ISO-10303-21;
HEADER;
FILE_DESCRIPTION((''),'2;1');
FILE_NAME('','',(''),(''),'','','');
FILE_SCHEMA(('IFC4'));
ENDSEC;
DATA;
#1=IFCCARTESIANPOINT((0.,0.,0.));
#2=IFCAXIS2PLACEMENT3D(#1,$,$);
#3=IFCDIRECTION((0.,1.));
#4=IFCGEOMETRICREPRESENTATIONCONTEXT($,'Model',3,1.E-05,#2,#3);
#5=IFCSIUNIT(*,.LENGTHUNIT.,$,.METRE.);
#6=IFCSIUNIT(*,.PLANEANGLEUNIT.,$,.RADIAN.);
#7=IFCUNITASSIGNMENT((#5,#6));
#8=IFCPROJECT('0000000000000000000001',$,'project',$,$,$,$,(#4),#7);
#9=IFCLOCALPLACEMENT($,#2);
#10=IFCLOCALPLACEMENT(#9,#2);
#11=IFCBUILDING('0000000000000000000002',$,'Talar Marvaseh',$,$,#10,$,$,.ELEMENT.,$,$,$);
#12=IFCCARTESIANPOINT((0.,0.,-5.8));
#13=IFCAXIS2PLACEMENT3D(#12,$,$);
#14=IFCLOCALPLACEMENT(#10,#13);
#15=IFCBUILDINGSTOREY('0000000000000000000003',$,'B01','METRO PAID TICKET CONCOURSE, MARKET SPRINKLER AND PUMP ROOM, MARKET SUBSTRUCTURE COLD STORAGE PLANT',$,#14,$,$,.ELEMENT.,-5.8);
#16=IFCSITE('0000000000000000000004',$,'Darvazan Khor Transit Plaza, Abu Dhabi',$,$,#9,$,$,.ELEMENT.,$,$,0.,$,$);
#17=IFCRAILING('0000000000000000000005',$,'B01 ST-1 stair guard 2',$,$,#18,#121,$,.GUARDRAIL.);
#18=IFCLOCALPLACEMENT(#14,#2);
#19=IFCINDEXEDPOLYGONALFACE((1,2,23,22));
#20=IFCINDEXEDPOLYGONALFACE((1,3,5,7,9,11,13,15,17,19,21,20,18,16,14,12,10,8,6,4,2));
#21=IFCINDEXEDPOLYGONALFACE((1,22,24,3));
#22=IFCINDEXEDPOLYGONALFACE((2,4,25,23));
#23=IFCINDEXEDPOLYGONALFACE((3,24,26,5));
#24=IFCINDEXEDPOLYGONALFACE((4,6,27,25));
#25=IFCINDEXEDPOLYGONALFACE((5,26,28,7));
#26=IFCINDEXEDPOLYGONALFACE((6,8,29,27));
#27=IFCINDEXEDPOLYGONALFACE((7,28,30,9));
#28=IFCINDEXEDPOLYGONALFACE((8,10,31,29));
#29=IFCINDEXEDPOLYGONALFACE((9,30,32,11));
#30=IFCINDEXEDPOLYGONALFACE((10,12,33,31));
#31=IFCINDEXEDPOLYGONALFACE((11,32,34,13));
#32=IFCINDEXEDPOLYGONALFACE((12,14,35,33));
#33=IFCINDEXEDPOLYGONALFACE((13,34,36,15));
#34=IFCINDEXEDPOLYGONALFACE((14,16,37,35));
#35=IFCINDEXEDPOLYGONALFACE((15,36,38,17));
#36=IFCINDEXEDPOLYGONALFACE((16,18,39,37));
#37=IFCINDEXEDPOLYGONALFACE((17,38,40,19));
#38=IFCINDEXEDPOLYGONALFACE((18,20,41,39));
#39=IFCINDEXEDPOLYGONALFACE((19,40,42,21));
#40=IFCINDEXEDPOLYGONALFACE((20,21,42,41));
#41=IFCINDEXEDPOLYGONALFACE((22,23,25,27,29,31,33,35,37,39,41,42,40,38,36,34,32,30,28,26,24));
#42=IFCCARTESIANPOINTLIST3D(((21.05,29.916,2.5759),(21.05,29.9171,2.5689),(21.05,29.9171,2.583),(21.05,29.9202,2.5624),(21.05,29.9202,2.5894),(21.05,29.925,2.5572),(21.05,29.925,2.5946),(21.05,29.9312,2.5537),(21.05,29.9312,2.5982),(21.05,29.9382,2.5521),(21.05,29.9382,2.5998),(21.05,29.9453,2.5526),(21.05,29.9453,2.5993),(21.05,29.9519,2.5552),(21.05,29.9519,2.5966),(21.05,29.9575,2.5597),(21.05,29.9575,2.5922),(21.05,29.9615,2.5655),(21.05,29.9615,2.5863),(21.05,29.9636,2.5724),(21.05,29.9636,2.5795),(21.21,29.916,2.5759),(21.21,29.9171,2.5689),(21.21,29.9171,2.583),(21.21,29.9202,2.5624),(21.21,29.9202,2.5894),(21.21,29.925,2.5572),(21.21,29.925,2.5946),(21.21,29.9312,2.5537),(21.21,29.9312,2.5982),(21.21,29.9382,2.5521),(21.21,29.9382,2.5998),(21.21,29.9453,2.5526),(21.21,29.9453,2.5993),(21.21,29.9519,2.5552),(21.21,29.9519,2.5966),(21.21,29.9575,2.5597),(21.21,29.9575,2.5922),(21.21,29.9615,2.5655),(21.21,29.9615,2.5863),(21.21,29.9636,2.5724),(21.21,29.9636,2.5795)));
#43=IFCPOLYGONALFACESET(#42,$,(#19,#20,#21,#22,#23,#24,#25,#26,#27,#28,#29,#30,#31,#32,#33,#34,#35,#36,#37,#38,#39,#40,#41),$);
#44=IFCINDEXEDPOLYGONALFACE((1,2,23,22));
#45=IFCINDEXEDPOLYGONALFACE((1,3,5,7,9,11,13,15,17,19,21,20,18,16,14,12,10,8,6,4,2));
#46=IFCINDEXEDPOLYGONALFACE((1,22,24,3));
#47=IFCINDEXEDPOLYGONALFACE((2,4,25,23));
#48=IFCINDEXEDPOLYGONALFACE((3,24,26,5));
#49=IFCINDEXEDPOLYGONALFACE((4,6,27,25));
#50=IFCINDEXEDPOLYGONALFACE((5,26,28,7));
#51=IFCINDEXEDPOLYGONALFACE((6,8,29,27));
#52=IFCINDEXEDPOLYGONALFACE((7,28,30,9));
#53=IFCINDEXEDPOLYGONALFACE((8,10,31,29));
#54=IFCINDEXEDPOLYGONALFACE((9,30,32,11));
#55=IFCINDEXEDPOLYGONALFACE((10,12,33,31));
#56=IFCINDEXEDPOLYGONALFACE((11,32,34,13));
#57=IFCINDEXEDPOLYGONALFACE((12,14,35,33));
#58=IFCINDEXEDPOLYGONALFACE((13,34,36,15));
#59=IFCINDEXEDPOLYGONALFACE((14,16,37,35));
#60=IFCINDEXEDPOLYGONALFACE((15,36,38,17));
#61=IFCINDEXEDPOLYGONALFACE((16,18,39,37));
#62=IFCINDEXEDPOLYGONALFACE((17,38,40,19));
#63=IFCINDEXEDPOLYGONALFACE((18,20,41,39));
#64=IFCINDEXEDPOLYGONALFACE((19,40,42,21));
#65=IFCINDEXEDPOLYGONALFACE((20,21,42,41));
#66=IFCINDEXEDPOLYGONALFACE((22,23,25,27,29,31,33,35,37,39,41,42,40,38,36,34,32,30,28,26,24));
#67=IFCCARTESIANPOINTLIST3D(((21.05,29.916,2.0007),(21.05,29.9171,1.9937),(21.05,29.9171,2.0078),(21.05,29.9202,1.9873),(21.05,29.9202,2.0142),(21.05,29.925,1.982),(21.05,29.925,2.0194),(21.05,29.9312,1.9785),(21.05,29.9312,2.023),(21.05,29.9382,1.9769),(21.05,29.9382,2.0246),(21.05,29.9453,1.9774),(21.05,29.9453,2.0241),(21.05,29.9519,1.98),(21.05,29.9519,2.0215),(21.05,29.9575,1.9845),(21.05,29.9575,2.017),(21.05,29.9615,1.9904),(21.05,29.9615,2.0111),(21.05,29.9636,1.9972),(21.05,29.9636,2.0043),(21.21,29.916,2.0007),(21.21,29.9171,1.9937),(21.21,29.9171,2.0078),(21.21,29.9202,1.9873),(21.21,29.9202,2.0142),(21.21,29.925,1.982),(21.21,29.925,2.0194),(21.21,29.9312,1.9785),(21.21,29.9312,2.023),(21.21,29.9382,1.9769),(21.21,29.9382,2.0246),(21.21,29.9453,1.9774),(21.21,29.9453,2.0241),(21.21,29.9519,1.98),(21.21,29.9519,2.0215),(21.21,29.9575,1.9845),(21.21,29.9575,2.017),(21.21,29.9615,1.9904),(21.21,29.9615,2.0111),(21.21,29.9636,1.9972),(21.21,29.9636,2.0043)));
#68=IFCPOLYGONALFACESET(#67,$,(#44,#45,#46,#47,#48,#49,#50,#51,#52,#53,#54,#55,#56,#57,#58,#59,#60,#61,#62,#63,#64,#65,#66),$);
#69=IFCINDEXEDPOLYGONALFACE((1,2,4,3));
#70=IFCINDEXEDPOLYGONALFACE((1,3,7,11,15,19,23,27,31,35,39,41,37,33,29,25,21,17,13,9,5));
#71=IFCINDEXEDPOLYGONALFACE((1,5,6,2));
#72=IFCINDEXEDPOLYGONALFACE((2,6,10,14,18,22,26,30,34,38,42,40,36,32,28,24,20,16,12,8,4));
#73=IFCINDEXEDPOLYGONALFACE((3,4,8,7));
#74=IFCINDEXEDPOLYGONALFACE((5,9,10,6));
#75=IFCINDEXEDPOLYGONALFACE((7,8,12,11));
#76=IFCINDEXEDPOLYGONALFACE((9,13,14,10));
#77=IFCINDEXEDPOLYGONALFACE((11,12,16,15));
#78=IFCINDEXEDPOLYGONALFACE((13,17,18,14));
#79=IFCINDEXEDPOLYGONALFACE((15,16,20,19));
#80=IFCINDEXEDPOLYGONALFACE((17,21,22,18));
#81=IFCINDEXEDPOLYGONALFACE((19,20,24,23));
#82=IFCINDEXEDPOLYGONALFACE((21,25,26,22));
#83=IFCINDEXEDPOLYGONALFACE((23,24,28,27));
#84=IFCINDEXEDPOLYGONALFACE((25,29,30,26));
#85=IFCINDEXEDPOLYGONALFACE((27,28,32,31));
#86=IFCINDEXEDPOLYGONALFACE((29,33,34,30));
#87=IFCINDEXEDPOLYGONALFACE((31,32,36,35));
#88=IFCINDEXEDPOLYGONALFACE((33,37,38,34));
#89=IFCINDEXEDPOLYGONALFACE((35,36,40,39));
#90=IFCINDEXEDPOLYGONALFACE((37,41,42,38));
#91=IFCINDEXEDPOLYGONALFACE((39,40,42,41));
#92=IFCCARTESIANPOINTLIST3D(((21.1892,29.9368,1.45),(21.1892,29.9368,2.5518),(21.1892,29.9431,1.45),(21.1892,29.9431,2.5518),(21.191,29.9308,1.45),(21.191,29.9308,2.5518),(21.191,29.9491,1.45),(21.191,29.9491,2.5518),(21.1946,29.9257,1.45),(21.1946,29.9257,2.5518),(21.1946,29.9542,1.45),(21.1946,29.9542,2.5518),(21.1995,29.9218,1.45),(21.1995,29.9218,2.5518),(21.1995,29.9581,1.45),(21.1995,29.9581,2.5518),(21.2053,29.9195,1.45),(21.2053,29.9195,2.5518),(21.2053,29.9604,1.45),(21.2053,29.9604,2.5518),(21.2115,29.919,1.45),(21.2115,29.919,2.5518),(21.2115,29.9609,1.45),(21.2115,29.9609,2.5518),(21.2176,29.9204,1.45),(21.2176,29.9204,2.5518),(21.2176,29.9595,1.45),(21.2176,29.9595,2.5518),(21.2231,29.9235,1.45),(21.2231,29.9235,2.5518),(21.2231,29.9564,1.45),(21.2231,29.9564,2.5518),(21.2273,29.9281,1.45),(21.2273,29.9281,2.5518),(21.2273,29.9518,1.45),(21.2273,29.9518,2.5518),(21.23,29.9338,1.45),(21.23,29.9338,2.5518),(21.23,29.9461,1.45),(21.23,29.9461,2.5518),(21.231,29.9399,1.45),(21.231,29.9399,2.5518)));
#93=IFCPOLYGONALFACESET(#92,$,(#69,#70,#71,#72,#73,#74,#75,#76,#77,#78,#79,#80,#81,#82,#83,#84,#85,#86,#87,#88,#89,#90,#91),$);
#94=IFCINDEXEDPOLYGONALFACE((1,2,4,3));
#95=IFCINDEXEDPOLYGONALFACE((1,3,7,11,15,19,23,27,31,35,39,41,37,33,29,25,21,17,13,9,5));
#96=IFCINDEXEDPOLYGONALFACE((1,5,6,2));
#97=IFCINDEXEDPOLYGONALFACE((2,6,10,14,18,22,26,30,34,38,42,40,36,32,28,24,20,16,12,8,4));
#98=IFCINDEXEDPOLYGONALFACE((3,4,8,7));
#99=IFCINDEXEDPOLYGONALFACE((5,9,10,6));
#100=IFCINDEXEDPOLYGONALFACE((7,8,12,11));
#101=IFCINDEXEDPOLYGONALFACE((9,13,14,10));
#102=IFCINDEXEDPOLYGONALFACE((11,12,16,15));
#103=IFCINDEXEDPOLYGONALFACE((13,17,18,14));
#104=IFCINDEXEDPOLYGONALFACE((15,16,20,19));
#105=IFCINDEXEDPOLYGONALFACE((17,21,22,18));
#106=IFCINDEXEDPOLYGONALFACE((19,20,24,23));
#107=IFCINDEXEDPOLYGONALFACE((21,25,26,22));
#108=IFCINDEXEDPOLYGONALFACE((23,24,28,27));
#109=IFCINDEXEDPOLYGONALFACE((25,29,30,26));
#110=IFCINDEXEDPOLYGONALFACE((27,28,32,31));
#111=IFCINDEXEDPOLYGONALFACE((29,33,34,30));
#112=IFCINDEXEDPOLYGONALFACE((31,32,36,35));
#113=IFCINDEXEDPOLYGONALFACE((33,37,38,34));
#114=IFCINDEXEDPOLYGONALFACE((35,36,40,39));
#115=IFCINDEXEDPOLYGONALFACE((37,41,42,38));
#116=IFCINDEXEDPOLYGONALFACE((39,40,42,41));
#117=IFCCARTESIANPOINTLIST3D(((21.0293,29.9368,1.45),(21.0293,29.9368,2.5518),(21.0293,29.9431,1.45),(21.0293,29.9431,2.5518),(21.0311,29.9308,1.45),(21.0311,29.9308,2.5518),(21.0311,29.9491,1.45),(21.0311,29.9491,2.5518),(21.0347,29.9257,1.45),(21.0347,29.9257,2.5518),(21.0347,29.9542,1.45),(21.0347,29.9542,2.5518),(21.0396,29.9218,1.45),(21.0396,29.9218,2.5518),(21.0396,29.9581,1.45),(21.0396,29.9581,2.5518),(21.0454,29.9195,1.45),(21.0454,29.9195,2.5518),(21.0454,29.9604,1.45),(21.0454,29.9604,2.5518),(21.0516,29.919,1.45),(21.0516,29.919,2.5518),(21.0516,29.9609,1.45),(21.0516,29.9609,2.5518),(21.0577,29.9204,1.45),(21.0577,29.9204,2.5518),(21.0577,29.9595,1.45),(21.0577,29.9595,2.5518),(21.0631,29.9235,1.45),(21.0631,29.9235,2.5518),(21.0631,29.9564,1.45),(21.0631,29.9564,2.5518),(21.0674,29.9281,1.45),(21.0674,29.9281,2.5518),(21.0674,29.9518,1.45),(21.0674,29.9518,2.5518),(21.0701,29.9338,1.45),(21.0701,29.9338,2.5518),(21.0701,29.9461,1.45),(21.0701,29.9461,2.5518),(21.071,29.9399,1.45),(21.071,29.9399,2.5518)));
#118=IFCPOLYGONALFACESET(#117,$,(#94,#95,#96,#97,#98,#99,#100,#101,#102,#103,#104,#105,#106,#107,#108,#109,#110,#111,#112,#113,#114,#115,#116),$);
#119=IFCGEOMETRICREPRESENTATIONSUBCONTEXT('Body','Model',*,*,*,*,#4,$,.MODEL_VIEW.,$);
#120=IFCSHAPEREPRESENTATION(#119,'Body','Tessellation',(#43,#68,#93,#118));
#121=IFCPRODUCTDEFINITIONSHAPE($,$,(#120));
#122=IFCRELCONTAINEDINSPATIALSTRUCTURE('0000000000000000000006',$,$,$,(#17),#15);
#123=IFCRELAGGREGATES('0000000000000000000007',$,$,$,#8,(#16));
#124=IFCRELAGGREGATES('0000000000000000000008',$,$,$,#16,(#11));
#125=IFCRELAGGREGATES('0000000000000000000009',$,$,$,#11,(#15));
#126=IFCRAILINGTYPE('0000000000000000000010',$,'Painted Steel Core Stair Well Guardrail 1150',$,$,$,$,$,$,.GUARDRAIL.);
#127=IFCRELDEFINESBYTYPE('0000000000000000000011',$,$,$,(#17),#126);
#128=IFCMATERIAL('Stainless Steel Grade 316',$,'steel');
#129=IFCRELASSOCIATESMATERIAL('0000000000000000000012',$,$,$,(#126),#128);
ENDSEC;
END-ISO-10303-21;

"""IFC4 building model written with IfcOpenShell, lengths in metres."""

from ifc_helpers import new_model, si_unit, direction, frame, origin, origin_2d, place, context, subcontext, project, spatial, circle, extrude, material, type_object, element, save


model = new_model("IFC4")

# Units and contexts
model_context = context("Model", 3, precision=1e-05, world=origin(), true_north=direction((0.0, 1.0)))
body_context = subcontext(model_context, "Body", "Model", "MODEL_VIEW")
ifc_project = project(units=[si_unit("LENGTHUNIT", "METRE"), si_unit("PLANEANGLEUNIT", "RADIAN")], contexts=[model_context])

# Site, building, storey
site_placement = place(None, origin())
site = spatial("IfcSite", under=ifc_project, at=site_placement, Name="Darvazan Khor Transit Plaza, Abu Dhabi", CompositionType="ELEMENT", RefElevation=0.0)
building_placement = place(site_placement, origin())
building = spatial("IfcBuilding", under=site, at=building_placement, Name="Talar Marvaseh", CompositionType="ELEMENT")
storey_placement = place(building_placement, frame((0.0, 0.0, -5.8)))
storey = spatial("IfcBuildingStorey", under=building, at=storey_placement, Name="B01", Description="METRO PAID TICKET CONCOURSE, MARKET SPRINKLER AND PUMP ROOM, MARKET SUBSTRUCTURE COLD STORAGE PLANT", CompositionType="ELEMENT", Elevation=-5.8)

# Shared definitions
ifc_material_1 = material(Name="Stainless Steel Grade 316", Category="steel")

# Railing
railing_type_1 = type_object("IfcRailingType", Name="Painted Steel Core Stair Well Guardrail 1150", PredefinedType="GUARDRAIL", material=ifc_material_1)
railing_1_placement = place(storey_placement, frame((21.21, 29.9399, 1.45)))
element("IfcRailing", 1, at=railing_1_placement, inside=storey, type_object=railing_type_1, Name="B01 ST-1 stair guard 2", PredefinedType="GUARDRAIL", context=body_context, shape_type="SweptSolid", body=[
    extrude(circle(Radius=0.0239, at=origin_2d()), frame((0.0, 0.0, 1.126), z_axis=(-1.0, 0.0, 0.0), x_axis=(0.0, -1.0, 0.0)), (0.0, 0.0, 1.0), 0.1599),
    extrude(circle(Radius=0.0239, at=origin_2d()), frame((0.0, 0.0, 0.5508), z_axis=(-1.0, 0.0, 0.0), x_axis=(0.0, -1.0, 0.0)), (0.0, 0.0, 1.0), 0.1599),
    extrude(circle(Radius=0.021, at=origin_2d()), origin(), (0.0, 0.0, 1.0), 1.1018),
    extrude(circle(Radius=0.021, at=origin_2d()), frame((-0.1599, 0.0, 0.0)), (0.0, 0.0, 1.0), 1.1018),
])

save(model, "model.ifc")
